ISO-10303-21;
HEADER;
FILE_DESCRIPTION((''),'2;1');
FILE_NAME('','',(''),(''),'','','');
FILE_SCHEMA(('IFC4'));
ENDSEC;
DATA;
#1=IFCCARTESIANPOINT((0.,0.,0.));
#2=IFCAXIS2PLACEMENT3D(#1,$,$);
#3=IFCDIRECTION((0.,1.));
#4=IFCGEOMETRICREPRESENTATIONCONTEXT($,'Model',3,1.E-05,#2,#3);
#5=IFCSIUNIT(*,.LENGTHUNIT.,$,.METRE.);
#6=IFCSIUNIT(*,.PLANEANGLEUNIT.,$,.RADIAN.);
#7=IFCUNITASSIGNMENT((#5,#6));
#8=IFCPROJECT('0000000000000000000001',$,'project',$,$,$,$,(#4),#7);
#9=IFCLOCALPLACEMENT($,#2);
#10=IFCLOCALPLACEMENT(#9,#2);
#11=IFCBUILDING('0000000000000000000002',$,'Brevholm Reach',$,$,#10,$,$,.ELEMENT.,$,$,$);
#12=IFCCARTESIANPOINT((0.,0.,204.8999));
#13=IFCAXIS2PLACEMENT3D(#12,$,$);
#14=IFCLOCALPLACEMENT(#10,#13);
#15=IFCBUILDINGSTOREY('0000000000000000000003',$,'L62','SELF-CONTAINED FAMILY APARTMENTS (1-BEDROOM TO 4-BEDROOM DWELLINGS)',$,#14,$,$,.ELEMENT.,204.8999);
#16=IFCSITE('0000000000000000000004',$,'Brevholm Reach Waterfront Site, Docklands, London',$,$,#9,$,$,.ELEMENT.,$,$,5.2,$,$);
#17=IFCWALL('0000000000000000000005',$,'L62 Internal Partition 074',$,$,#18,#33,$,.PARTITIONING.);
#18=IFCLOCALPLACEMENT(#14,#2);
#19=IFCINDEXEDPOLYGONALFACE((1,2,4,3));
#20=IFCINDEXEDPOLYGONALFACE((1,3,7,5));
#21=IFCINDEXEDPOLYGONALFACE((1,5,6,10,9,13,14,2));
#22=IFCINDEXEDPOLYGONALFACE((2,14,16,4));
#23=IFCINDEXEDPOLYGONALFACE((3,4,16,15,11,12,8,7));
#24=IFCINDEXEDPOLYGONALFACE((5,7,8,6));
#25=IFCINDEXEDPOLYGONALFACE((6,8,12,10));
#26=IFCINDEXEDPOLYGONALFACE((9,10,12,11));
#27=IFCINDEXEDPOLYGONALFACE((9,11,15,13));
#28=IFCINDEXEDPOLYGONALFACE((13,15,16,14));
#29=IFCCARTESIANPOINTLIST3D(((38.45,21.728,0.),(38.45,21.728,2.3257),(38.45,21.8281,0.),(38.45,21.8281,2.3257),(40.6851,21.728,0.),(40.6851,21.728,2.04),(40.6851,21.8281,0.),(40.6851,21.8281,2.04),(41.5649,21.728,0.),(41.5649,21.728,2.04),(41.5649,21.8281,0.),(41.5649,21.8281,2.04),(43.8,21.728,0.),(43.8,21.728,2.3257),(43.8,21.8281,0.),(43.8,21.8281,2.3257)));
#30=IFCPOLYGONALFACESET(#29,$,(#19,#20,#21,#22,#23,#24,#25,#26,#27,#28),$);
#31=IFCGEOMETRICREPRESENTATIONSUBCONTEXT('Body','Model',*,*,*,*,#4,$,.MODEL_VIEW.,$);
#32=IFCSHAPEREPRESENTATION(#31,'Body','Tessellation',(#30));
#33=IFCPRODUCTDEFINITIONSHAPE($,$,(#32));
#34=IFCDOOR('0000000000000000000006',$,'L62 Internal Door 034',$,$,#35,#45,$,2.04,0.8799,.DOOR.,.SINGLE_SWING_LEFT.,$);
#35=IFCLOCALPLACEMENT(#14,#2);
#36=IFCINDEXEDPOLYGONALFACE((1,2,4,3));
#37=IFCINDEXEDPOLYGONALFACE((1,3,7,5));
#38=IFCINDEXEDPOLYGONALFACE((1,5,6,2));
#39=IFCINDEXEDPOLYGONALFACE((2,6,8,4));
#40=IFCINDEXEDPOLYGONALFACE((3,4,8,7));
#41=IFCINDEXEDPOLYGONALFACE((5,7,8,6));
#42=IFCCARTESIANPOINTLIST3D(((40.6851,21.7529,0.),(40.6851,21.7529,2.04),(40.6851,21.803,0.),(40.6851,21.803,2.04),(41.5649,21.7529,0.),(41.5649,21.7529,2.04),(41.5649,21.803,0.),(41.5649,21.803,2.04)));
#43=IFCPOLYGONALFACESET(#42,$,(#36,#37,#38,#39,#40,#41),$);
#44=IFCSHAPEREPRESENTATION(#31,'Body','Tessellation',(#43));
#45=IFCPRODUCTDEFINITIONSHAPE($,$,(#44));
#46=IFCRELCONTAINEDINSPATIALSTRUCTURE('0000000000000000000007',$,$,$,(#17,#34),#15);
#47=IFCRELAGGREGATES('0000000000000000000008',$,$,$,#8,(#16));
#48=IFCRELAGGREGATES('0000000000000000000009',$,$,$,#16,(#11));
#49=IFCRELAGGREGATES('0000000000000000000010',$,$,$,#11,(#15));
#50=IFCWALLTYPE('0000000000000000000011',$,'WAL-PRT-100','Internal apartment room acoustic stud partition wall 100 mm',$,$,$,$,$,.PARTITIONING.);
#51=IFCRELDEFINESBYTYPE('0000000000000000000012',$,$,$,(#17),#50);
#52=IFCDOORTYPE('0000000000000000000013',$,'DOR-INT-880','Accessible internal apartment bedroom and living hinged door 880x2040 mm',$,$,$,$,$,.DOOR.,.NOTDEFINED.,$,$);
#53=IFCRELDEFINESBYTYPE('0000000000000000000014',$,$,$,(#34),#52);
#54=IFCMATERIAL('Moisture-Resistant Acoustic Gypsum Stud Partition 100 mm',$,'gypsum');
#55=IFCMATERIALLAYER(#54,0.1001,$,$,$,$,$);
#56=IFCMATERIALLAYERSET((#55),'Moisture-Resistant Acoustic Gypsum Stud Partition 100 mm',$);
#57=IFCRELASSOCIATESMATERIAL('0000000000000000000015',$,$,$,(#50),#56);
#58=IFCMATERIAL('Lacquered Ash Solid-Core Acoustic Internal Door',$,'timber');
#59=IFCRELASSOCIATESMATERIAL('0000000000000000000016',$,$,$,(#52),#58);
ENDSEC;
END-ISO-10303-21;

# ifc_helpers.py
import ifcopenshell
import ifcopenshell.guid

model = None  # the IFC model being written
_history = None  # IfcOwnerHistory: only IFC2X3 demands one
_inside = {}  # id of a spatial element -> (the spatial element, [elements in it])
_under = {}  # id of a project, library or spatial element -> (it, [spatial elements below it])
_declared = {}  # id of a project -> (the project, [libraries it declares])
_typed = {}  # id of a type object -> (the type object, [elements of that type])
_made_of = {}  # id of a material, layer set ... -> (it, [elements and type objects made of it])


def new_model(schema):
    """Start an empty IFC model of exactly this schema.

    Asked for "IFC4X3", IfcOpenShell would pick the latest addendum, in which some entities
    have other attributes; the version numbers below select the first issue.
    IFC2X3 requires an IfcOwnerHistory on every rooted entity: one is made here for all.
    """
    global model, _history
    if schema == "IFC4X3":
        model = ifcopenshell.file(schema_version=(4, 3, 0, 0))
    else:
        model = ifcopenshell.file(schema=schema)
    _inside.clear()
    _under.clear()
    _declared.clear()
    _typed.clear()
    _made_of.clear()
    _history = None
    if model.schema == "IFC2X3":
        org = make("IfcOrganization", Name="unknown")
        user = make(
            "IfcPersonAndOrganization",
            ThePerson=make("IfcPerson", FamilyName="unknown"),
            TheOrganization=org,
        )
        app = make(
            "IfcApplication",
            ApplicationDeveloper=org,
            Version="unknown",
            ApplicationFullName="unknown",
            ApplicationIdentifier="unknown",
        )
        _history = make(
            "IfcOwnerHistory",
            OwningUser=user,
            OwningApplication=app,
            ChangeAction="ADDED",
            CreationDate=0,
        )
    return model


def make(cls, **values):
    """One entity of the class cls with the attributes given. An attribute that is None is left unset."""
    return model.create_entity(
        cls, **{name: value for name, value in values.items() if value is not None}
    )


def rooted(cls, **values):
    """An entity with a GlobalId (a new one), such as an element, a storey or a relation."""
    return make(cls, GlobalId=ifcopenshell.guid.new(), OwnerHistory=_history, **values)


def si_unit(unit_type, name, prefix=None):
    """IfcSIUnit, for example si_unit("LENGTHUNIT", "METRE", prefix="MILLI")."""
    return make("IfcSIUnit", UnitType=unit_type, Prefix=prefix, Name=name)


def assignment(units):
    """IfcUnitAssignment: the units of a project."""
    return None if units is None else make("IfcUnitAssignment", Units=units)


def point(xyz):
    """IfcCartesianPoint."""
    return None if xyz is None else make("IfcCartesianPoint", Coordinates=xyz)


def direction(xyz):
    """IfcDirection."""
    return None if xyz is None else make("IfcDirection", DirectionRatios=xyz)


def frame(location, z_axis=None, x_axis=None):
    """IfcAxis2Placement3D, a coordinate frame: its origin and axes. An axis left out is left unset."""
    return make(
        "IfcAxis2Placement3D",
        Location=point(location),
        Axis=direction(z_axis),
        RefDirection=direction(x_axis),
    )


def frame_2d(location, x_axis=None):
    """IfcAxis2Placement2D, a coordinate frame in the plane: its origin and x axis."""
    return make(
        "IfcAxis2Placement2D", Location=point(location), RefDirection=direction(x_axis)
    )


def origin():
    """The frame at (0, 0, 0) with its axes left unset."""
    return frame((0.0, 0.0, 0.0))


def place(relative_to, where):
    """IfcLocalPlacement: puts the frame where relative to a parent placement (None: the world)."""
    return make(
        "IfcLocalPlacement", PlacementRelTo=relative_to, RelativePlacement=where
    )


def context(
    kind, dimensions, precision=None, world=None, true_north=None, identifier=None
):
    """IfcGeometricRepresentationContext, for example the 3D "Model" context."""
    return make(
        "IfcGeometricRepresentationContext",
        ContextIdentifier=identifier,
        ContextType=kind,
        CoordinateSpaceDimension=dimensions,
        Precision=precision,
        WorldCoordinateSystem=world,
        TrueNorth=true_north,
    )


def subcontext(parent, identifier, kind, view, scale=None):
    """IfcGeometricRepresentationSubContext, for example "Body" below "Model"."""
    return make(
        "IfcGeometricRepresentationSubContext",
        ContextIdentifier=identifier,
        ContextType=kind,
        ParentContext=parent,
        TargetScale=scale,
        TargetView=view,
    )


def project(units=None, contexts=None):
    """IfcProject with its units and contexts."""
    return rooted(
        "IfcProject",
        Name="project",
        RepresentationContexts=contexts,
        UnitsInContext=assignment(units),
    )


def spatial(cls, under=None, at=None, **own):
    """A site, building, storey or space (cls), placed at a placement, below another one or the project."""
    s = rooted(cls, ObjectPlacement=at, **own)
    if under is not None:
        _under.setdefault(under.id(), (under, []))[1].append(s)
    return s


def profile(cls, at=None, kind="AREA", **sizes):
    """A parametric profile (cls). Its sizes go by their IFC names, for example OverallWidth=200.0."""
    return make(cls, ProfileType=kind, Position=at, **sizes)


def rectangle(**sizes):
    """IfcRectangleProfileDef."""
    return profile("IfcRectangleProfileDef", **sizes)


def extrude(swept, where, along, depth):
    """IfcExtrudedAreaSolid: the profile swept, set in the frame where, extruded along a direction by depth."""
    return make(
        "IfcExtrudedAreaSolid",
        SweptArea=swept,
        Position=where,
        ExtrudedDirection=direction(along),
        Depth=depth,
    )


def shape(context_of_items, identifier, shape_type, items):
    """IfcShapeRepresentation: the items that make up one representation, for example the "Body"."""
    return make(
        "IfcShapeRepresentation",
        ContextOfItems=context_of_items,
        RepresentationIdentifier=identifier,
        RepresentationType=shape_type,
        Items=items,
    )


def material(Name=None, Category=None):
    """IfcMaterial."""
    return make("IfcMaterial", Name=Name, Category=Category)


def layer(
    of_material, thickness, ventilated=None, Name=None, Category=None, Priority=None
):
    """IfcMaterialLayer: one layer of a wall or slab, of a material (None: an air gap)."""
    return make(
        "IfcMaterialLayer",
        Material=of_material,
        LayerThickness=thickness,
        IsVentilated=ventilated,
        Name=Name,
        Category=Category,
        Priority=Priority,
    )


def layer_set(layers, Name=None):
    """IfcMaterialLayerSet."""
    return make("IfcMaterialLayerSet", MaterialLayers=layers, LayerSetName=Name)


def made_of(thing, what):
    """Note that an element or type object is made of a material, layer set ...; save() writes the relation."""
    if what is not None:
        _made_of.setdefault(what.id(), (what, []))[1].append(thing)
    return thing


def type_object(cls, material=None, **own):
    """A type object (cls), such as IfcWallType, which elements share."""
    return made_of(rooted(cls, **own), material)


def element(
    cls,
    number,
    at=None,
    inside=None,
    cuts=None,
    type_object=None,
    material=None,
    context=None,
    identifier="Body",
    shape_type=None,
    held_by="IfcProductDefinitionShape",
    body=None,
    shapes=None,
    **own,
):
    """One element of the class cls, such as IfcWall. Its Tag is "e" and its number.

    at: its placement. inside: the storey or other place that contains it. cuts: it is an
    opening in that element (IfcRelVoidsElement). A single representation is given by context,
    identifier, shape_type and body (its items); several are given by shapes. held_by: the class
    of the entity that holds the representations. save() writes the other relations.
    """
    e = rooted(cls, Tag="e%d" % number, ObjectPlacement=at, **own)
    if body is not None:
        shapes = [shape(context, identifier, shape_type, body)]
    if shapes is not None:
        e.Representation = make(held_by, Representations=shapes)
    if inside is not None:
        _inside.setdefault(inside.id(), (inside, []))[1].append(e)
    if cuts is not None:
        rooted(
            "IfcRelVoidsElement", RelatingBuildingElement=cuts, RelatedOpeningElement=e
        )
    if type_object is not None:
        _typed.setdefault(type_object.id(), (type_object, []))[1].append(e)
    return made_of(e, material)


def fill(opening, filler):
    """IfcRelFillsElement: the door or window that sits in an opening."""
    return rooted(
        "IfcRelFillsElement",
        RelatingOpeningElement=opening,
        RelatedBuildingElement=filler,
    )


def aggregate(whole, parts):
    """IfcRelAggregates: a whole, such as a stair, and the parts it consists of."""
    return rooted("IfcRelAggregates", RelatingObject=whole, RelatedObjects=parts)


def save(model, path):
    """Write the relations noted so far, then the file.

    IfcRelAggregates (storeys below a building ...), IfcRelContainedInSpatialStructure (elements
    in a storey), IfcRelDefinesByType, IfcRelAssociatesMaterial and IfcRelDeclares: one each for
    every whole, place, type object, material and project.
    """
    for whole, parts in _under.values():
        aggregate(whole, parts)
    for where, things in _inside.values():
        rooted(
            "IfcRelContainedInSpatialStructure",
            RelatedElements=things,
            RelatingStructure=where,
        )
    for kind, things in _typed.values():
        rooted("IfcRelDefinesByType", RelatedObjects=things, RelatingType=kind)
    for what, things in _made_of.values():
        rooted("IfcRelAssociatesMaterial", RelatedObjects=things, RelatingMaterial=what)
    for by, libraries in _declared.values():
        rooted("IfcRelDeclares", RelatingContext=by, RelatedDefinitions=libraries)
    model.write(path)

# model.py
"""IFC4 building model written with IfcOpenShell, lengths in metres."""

from ifc_helpers import new_model, si_unit, direction, frame, frame_2d, origin, place, context, subcontext, project, spatial, rectangle, extrude, material, layer, layer_set, type_object, element, fill, save


model = new_model("IFC4")

# Units and contexts
model_context = context("Model", 3, precision=1e-05, world=origin(), true_north=direction((0.0, 1.0)))
body_context = subcontext(model_context, "Body", "Model", "MODEL_VIEW")
ifc_project = project(units=[si_unit("LENGTHUNIT", "METRE"), si_unit("PLANEANGLEUNIT", "RADIAN")], contexts=[model_context])

# Site, building, storey
site_placement = place(None, origin())
site = spatial("IfcSite", under=ifc_project, at=site_placement, Name="Brevholm Reach Waterfront Site, Docklands, London", CompositionType="ELEMENT", RefElevation=5.2)
building_placement = place(site_placement, origin())
building = spatial("IfcBuilding", under=site, at=building_placement, Name="Brevholm Reach", CompositionType="ELEMENT")
storey_placement = place(building_placement, frame((0.0, 0.0, 204.8999)))
storey = spatial("IfcBuildingStorey", under=building, at=storey_placement, Name="L62", Description="SELF-CONTAINED FAMILY APARTMENTS (1-BEDROOM TO 4-BEDROOM DWELLINGS)", CompositionType="ELEMENT", Elevation=204.8999)

# Shared definitions
ifc_material_1 = material(Name="Moisture-Resistant Acoustic Gypsum Stud Partition 100 mm", Category="gypsum")
ifc_layer_1 = layer(ifc_material_1, 0.1001)
ifc_layer_set_1 = layer_set([ifc_layer_1], Name="Moisture-Resistant Acoustic Gypsum Stud Partition 100 mm")
wall_type_1 = type_object("IfcWallType", Name="WAL-PRT-100", Description="Internal apartment room acoustic stud partition wall 100 mm", PredefinedType="PARTITIONING", material=ifc_layer_set_1)

# Wall, opening, door
wall_1_placement = place(storey_placement, frame((38.45, 21.7781, 0.0), z_axis=(0.0, 0.0, 1.0), x_axis=(1.0, 0.0, 0.0)))
wall_1 = element("IfcWall", 1, at=wall_1_placement, inside=storey, type_object=wall_type_1, Name="L62 Internal Partition 074", PredefinedType="PARTITIONING", context=body_context, shape_type="SweptSolid", body=[
    extrude(rectangle(XDim=5.3501, YDim=0.1001, at=frame_2d((2.675, 0.0))), origin(), (0.0, 0.0, 1.0), 2.3257),
])
opening_1_placement = place(wall_1_placement, frame((2.2351, 0.0, 0.0)))
opening_1 = element("IfcOpeningElement", 2, at=opening_1_placement, cuts=wall_1, PredefinedType="OPENING", context=body_context, shape_type="SweptSolid", body=[
    extrude(rectangle(XDim=0.8799, YDim=2.04, at=frame_2d((0.4399, 1.02))), frame((0.0, 0.0601, 0.0), z_axis=(0.0, -1.0, 0.0), x_axis=(1.0, 0.0, 0.0)), (0.0, 0.0, 1.0), 0.1201),
])
ifc_material_2 = material(Name="Lacquered Ash Solid-Core Acoustic Internal Door", Category="timber")
door_type_1 = type_object("IfcDoorType", Name="DOR-INT-880", Description="Accessible internal apartment bedroom and living hinged door 880x2040 mm", OperationType="NOTDEFINED", PredefinedType="DOOR", material=ifc_material_2)
door_1_placement = place(opening_1_placement, origin())
door_1 = element("IfcDoor", 3, at=door_1_placement, inside=storey, type_object=door_type_1, Name="L62 Internal Door 034", OperationType="SINGLE_SWING_LEFT", OverallHeight=2.04, OverallWidth=0.8799, PredefinedType="DOOR", context=body_context, shape_type="SweptSolid", body=[
    extrude(rectangle(XDim=0.8799, YDim=2.04, at=frame_2d((0.4399, 1.02))), frame((0.0, 0.0249, 0.0), z_axis=(0.0, -1.0, 0.0), x_axis=(1.0, 0.0, 0.0)), (0.0, 0.0, 1.0), 0.05),
])
fill(opening_1, door_1)

save(model, "model.ifc")
